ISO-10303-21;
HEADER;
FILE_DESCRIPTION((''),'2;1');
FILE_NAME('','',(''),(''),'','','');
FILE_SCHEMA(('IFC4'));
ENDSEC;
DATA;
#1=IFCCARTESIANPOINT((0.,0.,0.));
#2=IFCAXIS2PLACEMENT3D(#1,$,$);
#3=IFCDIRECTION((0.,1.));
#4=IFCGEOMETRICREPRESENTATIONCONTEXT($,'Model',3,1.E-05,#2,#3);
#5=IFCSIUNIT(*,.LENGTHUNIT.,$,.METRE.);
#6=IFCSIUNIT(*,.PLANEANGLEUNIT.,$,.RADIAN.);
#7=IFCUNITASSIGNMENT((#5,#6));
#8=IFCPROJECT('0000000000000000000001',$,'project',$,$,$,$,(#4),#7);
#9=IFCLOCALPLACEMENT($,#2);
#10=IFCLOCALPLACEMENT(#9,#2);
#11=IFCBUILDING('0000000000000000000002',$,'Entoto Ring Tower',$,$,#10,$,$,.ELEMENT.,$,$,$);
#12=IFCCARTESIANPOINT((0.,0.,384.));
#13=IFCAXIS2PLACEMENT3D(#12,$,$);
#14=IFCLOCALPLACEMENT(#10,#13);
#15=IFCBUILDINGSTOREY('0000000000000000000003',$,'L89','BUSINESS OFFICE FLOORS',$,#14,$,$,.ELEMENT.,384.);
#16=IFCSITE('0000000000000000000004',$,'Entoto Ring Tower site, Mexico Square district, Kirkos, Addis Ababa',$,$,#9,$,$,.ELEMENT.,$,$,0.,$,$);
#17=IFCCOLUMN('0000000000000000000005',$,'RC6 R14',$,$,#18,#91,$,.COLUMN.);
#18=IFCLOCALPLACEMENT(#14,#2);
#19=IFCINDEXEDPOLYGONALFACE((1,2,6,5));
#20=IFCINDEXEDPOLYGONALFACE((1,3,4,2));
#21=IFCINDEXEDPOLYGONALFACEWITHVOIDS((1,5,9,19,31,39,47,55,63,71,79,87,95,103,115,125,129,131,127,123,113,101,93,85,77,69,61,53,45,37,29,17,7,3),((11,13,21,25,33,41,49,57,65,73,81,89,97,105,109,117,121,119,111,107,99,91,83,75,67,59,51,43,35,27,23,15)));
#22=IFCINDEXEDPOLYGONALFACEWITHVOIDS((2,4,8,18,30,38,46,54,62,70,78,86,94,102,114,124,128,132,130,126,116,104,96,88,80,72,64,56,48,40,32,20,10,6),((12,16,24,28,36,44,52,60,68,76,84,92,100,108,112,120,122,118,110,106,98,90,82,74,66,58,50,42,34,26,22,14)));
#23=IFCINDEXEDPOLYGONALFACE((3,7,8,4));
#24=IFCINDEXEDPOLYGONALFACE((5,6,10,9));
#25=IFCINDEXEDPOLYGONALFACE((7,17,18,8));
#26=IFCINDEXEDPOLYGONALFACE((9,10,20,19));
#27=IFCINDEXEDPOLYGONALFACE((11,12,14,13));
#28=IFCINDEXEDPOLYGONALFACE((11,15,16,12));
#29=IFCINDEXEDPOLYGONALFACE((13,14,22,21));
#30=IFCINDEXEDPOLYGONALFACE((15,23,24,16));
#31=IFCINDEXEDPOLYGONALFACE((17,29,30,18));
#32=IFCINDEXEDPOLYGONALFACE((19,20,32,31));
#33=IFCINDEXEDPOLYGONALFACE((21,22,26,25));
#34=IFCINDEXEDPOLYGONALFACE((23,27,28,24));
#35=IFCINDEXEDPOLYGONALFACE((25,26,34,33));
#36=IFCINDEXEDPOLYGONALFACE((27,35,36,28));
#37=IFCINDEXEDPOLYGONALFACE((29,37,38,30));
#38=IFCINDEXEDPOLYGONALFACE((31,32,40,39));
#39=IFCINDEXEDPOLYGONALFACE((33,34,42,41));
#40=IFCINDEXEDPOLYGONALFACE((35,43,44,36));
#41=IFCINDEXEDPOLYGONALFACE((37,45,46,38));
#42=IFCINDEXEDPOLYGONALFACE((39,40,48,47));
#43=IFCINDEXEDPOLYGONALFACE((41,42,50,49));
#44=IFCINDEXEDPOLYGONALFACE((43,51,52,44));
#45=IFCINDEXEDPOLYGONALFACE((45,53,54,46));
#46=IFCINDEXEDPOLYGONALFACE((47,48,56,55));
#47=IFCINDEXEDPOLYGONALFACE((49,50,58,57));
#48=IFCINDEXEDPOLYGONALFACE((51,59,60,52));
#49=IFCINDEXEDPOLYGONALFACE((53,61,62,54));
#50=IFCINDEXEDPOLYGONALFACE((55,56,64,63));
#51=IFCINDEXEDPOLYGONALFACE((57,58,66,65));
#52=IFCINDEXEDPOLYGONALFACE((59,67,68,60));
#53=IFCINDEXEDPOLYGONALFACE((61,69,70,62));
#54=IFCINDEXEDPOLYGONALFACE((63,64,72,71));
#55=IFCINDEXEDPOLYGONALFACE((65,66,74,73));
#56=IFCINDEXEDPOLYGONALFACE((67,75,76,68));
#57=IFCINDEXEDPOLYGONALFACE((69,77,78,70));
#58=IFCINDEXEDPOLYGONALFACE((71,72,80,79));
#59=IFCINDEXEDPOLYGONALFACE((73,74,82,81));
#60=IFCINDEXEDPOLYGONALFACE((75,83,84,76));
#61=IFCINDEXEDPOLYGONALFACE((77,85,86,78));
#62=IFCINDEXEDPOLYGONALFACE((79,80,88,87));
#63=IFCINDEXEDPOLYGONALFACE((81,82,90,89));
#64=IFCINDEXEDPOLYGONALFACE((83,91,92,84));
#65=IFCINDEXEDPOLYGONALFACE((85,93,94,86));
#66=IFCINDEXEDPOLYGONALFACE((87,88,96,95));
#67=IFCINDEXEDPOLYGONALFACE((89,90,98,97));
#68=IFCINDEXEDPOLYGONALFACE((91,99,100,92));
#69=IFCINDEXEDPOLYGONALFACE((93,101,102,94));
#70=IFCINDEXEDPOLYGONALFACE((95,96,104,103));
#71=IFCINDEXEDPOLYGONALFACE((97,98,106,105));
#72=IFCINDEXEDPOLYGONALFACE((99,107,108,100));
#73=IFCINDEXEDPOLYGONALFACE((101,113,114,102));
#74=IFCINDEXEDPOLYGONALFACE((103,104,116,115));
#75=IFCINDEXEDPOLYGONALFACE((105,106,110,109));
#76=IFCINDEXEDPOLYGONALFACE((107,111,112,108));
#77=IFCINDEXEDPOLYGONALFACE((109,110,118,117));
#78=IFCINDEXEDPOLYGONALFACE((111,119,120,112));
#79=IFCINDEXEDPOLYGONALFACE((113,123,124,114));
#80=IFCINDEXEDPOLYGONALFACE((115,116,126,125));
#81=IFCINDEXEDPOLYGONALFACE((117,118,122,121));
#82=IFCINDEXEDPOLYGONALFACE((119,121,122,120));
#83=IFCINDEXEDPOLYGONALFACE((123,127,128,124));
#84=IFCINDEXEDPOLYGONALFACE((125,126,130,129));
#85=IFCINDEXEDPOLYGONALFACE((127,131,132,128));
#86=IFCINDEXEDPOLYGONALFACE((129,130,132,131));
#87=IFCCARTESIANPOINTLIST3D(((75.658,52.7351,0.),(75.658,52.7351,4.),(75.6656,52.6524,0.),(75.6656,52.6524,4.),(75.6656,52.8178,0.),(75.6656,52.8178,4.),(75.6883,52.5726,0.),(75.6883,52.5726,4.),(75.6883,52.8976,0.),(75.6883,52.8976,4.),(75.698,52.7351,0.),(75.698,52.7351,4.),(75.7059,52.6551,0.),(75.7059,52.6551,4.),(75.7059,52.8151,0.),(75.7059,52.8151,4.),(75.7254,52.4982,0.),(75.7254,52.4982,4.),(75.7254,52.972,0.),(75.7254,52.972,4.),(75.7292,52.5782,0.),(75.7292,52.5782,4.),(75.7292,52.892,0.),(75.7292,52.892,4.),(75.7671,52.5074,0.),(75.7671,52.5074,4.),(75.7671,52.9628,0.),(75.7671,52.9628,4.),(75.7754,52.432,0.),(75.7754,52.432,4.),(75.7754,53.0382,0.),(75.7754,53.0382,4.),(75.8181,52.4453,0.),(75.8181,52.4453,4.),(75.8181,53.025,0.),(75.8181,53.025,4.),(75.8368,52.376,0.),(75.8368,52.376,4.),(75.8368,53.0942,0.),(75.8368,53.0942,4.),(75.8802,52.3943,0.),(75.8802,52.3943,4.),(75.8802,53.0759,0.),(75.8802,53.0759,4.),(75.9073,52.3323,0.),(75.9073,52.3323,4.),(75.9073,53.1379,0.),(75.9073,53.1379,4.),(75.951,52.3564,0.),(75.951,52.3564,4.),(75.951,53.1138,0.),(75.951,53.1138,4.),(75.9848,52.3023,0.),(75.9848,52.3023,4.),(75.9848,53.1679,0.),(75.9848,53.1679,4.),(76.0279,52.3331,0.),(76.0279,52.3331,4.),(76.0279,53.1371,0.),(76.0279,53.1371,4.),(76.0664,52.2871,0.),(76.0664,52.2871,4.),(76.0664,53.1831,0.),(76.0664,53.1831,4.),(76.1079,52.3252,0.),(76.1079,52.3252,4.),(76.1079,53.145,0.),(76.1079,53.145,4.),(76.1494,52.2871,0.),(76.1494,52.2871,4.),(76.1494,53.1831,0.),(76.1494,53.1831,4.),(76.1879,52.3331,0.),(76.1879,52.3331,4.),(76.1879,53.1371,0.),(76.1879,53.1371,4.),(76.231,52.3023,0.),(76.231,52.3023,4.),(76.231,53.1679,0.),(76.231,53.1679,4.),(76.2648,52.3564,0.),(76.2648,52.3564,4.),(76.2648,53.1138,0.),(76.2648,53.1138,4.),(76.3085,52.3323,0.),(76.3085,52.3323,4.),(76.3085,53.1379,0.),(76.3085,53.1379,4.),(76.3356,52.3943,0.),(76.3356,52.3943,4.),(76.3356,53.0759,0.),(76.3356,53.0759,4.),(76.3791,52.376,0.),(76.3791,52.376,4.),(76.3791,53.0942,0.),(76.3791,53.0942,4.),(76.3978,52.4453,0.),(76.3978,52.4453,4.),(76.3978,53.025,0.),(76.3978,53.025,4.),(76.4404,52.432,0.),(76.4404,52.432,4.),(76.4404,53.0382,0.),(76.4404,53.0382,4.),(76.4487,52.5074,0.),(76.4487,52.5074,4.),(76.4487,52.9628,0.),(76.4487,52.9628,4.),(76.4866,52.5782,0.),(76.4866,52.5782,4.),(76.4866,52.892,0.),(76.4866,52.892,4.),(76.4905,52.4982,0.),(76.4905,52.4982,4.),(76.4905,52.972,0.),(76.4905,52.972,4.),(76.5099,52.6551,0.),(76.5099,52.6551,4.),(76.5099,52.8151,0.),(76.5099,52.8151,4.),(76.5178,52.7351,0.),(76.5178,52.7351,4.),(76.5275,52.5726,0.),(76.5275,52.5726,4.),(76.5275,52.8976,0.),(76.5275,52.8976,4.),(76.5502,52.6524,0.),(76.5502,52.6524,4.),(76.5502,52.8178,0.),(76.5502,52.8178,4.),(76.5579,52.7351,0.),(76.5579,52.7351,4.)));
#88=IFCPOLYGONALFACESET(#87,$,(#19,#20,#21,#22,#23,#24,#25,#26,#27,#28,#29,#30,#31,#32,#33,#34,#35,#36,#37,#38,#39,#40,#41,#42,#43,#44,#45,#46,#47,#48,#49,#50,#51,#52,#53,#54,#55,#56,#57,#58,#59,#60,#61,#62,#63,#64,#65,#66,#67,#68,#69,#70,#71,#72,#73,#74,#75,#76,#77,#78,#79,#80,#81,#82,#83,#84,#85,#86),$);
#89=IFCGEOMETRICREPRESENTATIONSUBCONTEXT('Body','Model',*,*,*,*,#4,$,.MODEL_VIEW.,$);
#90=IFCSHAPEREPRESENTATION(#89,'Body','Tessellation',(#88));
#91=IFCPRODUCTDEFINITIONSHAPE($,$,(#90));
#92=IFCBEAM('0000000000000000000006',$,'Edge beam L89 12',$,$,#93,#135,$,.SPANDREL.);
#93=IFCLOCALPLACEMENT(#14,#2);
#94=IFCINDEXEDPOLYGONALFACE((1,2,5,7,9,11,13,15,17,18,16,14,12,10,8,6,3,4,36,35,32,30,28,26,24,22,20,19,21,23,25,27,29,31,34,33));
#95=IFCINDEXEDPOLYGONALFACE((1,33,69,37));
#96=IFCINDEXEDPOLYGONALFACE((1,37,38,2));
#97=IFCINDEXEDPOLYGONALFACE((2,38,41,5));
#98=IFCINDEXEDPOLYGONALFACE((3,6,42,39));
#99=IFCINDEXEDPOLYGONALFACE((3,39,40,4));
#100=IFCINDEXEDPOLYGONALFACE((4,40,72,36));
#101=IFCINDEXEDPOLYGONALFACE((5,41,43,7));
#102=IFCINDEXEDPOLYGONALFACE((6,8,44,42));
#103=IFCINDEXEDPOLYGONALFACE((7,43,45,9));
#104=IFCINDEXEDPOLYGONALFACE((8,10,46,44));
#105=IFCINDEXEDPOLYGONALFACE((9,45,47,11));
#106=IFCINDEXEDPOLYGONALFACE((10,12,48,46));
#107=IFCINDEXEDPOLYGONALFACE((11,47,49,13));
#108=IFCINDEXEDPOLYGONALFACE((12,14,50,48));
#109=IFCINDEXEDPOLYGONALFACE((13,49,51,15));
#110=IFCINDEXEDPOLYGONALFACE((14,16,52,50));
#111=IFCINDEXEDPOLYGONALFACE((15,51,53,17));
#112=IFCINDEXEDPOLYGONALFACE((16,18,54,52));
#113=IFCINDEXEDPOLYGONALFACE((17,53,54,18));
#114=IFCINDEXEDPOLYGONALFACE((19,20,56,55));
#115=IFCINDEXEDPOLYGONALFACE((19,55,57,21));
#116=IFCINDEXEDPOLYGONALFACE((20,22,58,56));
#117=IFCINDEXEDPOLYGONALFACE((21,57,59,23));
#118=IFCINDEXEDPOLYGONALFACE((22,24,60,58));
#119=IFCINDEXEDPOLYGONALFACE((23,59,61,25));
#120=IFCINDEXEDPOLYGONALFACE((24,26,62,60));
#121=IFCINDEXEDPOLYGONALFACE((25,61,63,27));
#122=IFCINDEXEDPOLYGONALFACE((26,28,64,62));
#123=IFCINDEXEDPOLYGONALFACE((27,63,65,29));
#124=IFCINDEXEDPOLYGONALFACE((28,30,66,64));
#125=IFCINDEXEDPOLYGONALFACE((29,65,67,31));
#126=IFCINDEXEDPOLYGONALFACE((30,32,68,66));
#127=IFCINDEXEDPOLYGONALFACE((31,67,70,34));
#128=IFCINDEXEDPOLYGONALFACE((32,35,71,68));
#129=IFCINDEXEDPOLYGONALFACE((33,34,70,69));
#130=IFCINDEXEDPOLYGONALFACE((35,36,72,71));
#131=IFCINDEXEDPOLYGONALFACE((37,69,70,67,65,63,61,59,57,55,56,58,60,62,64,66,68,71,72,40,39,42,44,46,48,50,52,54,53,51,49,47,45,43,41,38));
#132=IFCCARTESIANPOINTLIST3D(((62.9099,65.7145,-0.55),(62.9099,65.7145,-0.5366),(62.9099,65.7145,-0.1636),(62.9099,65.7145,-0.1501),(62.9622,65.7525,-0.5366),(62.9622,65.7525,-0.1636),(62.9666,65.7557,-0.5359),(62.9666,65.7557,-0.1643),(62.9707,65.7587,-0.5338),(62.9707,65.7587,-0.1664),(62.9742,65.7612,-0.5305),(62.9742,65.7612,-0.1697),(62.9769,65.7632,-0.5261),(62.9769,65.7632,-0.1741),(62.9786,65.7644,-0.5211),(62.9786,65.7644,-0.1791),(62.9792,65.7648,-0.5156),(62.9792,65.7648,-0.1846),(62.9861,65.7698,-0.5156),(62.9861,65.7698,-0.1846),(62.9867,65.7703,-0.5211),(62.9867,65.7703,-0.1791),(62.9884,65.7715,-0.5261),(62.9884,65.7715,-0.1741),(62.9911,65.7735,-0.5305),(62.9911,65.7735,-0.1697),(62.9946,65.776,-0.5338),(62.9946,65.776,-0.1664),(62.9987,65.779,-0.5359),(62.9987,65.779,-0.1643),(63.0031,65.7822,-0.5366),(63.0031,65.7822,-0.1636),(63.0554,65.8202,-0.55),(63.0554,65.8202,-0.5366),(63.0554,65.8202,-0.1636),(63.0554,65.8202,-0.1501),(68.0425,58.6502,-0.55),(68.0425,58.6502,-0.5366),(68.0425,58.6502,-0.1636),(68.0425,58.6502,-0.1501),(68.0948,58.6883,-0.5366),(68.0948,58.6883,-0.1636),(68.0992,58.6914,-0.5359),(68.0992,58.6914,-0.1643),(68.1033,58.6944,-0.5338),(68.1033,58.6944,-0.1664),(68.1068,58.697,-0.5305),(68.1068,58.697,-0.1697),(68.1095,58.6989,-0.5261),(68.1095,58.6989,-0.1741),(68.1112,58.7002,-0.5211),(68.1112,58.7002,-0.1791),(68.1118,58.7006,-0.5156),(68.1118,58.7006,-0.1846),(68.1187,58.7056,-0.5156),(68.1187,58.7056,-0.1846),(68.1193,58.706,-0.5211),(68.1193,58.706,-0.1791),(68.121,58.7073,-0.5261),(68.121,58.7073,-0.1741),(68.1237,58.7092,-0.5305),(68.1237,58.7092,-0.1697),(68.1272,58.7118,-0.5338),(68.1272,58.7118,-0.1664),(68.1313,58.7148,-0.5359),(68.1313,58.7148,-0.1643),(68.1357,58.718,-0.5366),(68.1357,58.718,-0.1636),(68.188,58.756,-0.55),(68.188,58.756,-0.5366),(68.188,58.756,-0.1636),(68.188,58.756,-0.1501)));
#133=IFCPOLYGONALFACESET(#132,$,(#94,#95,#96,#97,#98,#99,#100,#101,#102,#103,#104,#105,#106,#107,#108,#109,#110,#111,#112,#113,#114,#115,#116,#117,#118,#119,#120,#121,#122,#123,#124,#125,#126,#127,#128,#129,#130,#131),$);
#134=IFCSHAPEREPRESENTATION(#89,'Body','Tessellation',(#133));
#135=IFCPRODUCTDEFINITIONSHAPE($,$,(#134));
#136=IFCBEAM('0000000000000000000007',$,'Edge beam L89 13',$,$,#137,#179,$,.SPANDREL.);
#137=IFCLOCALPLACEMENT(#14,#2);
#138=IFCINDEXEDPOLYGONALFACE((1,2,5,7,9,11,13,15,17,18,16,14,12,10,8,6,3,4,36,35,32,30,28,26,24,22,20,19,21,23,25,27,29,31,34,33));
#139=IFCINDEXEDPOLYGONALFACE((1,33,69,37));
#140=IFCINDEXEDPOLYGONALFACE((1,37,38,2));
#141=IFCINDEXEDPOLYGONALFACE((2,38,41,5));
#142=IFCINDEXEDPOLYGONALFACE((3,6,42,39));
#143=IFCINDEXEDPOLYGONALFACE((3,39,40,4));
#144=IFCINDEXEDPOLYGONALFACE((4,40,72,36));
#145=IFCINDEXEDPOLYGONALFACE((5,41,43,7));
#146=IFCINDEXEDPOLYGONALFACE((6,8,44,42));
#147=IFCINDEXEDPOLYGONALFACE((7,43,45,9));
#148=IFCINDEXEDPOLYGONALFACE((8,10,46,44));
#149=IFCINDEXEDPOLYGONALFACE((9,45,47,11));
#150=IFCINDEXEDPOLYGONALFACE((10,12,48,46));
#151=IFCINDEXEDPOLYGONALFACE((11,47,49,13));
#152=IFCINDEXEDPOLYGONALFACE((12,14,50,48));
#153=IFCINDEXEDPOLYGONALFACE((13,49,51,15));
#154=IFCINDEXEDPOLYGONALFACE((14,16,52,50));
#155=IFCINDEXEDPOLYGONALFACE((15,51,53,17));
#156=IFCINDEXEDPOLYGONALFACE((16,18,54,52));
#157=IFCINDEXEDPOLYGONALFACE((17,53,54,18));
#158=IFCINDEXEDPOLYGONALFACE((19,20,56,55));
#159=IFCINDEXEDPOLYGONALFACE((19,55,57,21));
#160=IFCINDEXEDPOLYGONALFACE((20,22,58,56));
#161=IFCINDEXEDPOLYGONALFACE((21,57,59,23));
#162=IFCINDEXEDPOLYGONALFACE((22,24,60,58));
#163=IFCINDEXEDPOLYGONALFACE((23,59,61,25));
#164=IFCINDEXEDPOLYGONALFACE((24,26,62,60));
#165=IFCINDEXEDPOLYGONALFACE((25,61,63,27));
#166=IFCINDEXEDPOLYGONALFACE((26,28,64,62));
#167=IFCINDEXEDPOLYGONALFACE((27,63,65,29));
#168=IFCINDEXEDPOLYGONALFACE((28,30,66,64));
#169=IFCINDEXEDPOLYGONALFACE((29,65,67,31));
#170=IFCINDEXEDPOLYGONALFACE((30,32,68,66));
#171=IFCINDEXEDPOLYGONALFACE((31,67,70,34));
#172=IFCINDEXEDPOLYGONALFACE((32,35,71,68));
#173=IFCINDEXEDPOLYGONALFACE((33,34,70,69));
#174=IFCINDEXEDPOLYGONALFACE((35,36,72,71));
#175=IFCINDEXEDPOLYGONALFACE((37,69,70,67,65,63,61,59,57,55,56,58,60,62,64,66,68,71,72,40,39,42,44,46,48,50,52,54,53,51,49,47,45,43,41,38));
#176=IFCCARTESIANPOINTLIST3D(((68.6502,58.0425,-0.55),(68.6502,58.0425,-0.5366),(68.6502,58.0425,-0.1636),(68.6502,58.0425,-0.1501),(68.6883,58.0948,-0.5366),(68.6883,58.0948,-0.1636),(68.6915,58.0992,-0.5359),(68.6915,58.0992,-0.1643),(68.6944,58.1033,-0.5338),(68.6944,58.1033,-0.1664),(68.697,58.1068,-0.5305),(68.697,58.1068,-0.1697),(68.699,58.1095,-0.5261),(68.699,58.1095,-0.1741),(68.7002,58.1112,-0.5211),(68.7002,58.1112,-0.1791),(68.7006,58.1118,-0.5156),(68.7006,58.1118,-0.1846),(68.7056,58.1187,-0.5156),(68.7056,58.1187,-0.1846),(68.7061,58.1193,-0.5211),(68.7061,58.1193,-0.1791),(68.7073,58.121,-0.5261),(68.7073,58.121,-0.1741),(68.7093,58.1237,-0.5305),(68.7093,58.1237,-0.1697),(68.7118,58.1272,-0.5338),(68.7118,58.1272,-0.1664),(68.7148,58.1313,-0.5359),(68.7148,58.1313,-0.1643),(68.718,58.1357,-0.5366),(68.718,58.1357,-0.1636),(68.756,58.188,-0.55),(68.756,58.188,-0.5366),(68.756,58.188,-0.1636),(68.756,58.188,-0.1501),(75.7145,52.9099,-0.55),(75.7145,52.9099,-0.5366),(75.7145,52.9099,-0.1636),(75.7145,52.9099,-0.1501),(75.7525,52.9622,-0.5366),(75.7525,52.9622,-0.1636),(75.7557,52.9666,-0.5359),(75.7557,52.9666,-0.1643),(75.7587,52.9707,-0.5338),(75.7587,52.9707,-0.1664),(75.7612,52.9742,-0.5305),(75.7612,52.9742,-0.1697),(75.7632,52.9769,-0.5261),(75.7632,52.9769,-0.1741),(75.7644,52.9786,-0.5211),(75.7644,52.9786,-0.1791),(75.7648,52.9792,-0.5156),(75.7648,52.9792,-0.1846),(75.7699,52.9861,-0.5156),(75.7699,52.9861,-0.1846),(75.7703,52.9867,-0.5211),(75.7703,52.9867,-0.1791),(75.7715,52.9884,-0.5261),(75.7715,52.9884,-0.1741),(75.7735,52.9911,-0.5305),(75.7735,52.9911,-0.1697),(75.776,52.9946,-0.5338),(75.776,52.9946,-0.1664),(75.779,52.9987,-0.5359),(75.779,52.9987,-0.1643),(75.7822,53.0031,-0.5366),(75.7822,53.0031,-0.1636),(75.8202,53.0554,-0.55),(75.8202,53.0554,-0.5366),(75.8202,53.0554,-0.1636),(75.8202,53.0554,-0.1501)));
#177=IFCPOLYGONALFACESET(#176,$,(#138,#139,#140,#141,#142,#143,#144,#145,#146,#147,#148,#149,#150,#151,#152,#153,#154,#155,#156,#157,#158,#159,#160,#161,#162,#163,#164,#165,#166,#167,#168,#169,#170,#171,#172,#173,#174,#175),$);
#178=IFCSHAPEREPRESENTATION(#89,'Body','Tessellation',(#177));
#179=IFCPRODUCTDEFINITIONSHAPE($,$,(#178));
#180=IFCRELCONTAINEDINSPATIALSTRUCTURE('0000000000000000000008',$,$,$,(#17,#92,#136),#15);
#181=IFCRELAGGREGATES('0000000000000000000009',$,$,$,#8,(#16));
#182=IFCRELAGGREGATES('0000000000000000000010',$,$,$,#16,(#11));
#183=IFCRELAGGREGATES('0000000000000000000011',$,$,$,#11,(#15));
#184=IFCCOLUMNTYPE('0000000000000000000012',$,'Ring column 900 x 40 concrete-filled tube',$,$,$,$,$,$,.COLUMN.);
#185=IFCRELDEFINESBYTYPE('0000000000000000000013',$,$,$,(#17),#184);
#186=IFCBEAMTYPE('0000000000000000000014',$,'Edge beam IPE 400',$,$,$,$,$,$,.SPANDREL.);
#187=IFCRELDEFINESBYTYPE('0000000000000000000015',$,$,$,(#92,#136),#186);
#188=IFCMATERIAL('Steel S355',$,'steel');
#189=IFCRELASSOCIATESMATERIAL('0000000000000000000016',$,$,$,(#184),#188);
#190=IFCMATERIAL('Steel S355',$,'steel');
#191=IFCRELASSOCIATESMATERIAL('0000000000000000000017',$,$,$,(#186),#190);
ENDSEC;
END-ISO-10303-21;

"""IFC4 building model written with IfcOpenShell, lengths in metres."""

from ifc_helpers import new_model, si_unit, direction, frame, origin, origin_2d, place, context, subcontext, project, spatial, circle, hollow_circle, i_section, extrude, material, material_profile, profile_set, type_object, element, save


model = new_model("IFC4")

# Units and contexts
model_context = context("Model", 3, precision=1e-05, world=origin(), true_north=direction((0.0, 1.0)))
body_context = subcontext(model_context, "Body", "Model", "MODEL_VIEW")
ifc_project = project(units=[si_unit("LENGTHUNIT", "METRE"), si_unit("PLANEANGLEUNIT", "RADIAN")], contexts=[model_context])

# Site, building, storey
site_placement = place(None, origin())
site = spatial("IfcSite", under=ifc_project, at=site_placement, Name="Entoto Ring Tower site, Mexico Square district, Kirkos, Addis Ababa", CompositionType="ELEMENT", RefElevation=0.0)
building_placement = place(site_placement, origin())
building = spatial("IfcBuilding", under=site, at=building_placement, Name="Entoto Ring Tower", CompositionType="ELEMENT")
storey_placement = place(building_placement, frame((0.0, 0.0, 384.0)))
storey = spatial("IfcBuildingStorey", under=building, at=storey_placement, Name="L89", Description="BUSINESS OFFICE FLOORS", CompositionType="ELEMENT", Elevation=384.0)

# Column
ifc_material_1 = material(Name="Steel S355", Category="steel")
ifc_material_profile_1 = material_profile(ifc_material_1, hollow_circle(Radius=0.45, WallThickness=0.04, at=origin_2d()), Name="CHS 900 x 40")
ifc_material_2 = material(Name="Concrete C60/75", Category="concrete")
ifc_material_profile_2 = material_profile(ifc_material_2, circle(Radius=0.4099, at=origin_2d()), Name="Concrete C60/75 infill")
ifc_profile_set_1 = profile_set([ifc_material_profile_1, ifc_material_profile_2], Name="Steel S355")
column_type = type_object("IfcColumnType", Name="Ring column 900 x 40 concrete-filled tube", PredefinedType="COLUMN", material=ifc_profile_set_1)
for number, where, z_axis, x_axis, name in (
    (1, (76.1079, 52.7351, 0.0), (0.0, 0.0, 1.0), (1.0, 0.0, 0.0), "RC6 R14"),
):
    element("IfcColumn", number, at=place(storey_placement, frame(where, z_axis=z_axis, x_axis=x_axis)), inside=storey, type_object=column_type, Name=name, PredefinedType="COLUMN", context=body_context, shape_type="SweptSolid", body=[
        extrude(hollow_circle(Radius=0.45, WallThickness=0.04, at=origin_2d()), origin(), (0.0, 0.0, 1.0), 4.0),
    ])

# Beams
ifc_material_3 = material(Name="Steel S355", Category="steel")
ifc_material_profile_3 = material_profile(ifc_material_3, i_section(OverallWidth=0.1799, OverallDepth=0.3999, WebThickness=0.0085, FlangeThickness=0.0134, FilletRadius=0.021, at=origin_2d()), Name="IPE 400")
ifc_profile_set_2 = profile_set([ifc_material_profile_3], Name="Steel S355")
beam_type_1 = type_object("IfcBeamType", Name="Edge beam IPE 400", PredefinedType="SPANDREL", material=ifc_profile_set_2)
for number, where, z_axis, x_axis, name in (
    (2, (62.9827, 65.7673, -0.3501), (0.587794, -0.80901, 0.0), (0.80901, 0.587794, 0.0), "Edge beam L89 12"),
    (3, (68.7031, 58.1152, -0.3501), (0.80901, -0.587794, 0.0), (0.587794, 0.80901, 0.0), "Edge beam L89 13"),
):
    element("IfcBeam", number, at=place(storey_placement, frame(where, z_axis=z_axis, x_axis=x_axis)), inside=storey, type_object=beam_type_1, Name=name, PredefinedType="SPANDREL", context=body_context, shape_type="SweptSolid", body=[
        extrude(i_section(OverallWidth=0.1799, OverallDepth=0.3999, WebThickness=0.0085, FlangeThickness=0.0134, FilletRadius=0.021, at=origin_2d()), origin(), (0.0, 0.0, 1.0), 8.7319),
    ])

save(model, "model.ifc")
